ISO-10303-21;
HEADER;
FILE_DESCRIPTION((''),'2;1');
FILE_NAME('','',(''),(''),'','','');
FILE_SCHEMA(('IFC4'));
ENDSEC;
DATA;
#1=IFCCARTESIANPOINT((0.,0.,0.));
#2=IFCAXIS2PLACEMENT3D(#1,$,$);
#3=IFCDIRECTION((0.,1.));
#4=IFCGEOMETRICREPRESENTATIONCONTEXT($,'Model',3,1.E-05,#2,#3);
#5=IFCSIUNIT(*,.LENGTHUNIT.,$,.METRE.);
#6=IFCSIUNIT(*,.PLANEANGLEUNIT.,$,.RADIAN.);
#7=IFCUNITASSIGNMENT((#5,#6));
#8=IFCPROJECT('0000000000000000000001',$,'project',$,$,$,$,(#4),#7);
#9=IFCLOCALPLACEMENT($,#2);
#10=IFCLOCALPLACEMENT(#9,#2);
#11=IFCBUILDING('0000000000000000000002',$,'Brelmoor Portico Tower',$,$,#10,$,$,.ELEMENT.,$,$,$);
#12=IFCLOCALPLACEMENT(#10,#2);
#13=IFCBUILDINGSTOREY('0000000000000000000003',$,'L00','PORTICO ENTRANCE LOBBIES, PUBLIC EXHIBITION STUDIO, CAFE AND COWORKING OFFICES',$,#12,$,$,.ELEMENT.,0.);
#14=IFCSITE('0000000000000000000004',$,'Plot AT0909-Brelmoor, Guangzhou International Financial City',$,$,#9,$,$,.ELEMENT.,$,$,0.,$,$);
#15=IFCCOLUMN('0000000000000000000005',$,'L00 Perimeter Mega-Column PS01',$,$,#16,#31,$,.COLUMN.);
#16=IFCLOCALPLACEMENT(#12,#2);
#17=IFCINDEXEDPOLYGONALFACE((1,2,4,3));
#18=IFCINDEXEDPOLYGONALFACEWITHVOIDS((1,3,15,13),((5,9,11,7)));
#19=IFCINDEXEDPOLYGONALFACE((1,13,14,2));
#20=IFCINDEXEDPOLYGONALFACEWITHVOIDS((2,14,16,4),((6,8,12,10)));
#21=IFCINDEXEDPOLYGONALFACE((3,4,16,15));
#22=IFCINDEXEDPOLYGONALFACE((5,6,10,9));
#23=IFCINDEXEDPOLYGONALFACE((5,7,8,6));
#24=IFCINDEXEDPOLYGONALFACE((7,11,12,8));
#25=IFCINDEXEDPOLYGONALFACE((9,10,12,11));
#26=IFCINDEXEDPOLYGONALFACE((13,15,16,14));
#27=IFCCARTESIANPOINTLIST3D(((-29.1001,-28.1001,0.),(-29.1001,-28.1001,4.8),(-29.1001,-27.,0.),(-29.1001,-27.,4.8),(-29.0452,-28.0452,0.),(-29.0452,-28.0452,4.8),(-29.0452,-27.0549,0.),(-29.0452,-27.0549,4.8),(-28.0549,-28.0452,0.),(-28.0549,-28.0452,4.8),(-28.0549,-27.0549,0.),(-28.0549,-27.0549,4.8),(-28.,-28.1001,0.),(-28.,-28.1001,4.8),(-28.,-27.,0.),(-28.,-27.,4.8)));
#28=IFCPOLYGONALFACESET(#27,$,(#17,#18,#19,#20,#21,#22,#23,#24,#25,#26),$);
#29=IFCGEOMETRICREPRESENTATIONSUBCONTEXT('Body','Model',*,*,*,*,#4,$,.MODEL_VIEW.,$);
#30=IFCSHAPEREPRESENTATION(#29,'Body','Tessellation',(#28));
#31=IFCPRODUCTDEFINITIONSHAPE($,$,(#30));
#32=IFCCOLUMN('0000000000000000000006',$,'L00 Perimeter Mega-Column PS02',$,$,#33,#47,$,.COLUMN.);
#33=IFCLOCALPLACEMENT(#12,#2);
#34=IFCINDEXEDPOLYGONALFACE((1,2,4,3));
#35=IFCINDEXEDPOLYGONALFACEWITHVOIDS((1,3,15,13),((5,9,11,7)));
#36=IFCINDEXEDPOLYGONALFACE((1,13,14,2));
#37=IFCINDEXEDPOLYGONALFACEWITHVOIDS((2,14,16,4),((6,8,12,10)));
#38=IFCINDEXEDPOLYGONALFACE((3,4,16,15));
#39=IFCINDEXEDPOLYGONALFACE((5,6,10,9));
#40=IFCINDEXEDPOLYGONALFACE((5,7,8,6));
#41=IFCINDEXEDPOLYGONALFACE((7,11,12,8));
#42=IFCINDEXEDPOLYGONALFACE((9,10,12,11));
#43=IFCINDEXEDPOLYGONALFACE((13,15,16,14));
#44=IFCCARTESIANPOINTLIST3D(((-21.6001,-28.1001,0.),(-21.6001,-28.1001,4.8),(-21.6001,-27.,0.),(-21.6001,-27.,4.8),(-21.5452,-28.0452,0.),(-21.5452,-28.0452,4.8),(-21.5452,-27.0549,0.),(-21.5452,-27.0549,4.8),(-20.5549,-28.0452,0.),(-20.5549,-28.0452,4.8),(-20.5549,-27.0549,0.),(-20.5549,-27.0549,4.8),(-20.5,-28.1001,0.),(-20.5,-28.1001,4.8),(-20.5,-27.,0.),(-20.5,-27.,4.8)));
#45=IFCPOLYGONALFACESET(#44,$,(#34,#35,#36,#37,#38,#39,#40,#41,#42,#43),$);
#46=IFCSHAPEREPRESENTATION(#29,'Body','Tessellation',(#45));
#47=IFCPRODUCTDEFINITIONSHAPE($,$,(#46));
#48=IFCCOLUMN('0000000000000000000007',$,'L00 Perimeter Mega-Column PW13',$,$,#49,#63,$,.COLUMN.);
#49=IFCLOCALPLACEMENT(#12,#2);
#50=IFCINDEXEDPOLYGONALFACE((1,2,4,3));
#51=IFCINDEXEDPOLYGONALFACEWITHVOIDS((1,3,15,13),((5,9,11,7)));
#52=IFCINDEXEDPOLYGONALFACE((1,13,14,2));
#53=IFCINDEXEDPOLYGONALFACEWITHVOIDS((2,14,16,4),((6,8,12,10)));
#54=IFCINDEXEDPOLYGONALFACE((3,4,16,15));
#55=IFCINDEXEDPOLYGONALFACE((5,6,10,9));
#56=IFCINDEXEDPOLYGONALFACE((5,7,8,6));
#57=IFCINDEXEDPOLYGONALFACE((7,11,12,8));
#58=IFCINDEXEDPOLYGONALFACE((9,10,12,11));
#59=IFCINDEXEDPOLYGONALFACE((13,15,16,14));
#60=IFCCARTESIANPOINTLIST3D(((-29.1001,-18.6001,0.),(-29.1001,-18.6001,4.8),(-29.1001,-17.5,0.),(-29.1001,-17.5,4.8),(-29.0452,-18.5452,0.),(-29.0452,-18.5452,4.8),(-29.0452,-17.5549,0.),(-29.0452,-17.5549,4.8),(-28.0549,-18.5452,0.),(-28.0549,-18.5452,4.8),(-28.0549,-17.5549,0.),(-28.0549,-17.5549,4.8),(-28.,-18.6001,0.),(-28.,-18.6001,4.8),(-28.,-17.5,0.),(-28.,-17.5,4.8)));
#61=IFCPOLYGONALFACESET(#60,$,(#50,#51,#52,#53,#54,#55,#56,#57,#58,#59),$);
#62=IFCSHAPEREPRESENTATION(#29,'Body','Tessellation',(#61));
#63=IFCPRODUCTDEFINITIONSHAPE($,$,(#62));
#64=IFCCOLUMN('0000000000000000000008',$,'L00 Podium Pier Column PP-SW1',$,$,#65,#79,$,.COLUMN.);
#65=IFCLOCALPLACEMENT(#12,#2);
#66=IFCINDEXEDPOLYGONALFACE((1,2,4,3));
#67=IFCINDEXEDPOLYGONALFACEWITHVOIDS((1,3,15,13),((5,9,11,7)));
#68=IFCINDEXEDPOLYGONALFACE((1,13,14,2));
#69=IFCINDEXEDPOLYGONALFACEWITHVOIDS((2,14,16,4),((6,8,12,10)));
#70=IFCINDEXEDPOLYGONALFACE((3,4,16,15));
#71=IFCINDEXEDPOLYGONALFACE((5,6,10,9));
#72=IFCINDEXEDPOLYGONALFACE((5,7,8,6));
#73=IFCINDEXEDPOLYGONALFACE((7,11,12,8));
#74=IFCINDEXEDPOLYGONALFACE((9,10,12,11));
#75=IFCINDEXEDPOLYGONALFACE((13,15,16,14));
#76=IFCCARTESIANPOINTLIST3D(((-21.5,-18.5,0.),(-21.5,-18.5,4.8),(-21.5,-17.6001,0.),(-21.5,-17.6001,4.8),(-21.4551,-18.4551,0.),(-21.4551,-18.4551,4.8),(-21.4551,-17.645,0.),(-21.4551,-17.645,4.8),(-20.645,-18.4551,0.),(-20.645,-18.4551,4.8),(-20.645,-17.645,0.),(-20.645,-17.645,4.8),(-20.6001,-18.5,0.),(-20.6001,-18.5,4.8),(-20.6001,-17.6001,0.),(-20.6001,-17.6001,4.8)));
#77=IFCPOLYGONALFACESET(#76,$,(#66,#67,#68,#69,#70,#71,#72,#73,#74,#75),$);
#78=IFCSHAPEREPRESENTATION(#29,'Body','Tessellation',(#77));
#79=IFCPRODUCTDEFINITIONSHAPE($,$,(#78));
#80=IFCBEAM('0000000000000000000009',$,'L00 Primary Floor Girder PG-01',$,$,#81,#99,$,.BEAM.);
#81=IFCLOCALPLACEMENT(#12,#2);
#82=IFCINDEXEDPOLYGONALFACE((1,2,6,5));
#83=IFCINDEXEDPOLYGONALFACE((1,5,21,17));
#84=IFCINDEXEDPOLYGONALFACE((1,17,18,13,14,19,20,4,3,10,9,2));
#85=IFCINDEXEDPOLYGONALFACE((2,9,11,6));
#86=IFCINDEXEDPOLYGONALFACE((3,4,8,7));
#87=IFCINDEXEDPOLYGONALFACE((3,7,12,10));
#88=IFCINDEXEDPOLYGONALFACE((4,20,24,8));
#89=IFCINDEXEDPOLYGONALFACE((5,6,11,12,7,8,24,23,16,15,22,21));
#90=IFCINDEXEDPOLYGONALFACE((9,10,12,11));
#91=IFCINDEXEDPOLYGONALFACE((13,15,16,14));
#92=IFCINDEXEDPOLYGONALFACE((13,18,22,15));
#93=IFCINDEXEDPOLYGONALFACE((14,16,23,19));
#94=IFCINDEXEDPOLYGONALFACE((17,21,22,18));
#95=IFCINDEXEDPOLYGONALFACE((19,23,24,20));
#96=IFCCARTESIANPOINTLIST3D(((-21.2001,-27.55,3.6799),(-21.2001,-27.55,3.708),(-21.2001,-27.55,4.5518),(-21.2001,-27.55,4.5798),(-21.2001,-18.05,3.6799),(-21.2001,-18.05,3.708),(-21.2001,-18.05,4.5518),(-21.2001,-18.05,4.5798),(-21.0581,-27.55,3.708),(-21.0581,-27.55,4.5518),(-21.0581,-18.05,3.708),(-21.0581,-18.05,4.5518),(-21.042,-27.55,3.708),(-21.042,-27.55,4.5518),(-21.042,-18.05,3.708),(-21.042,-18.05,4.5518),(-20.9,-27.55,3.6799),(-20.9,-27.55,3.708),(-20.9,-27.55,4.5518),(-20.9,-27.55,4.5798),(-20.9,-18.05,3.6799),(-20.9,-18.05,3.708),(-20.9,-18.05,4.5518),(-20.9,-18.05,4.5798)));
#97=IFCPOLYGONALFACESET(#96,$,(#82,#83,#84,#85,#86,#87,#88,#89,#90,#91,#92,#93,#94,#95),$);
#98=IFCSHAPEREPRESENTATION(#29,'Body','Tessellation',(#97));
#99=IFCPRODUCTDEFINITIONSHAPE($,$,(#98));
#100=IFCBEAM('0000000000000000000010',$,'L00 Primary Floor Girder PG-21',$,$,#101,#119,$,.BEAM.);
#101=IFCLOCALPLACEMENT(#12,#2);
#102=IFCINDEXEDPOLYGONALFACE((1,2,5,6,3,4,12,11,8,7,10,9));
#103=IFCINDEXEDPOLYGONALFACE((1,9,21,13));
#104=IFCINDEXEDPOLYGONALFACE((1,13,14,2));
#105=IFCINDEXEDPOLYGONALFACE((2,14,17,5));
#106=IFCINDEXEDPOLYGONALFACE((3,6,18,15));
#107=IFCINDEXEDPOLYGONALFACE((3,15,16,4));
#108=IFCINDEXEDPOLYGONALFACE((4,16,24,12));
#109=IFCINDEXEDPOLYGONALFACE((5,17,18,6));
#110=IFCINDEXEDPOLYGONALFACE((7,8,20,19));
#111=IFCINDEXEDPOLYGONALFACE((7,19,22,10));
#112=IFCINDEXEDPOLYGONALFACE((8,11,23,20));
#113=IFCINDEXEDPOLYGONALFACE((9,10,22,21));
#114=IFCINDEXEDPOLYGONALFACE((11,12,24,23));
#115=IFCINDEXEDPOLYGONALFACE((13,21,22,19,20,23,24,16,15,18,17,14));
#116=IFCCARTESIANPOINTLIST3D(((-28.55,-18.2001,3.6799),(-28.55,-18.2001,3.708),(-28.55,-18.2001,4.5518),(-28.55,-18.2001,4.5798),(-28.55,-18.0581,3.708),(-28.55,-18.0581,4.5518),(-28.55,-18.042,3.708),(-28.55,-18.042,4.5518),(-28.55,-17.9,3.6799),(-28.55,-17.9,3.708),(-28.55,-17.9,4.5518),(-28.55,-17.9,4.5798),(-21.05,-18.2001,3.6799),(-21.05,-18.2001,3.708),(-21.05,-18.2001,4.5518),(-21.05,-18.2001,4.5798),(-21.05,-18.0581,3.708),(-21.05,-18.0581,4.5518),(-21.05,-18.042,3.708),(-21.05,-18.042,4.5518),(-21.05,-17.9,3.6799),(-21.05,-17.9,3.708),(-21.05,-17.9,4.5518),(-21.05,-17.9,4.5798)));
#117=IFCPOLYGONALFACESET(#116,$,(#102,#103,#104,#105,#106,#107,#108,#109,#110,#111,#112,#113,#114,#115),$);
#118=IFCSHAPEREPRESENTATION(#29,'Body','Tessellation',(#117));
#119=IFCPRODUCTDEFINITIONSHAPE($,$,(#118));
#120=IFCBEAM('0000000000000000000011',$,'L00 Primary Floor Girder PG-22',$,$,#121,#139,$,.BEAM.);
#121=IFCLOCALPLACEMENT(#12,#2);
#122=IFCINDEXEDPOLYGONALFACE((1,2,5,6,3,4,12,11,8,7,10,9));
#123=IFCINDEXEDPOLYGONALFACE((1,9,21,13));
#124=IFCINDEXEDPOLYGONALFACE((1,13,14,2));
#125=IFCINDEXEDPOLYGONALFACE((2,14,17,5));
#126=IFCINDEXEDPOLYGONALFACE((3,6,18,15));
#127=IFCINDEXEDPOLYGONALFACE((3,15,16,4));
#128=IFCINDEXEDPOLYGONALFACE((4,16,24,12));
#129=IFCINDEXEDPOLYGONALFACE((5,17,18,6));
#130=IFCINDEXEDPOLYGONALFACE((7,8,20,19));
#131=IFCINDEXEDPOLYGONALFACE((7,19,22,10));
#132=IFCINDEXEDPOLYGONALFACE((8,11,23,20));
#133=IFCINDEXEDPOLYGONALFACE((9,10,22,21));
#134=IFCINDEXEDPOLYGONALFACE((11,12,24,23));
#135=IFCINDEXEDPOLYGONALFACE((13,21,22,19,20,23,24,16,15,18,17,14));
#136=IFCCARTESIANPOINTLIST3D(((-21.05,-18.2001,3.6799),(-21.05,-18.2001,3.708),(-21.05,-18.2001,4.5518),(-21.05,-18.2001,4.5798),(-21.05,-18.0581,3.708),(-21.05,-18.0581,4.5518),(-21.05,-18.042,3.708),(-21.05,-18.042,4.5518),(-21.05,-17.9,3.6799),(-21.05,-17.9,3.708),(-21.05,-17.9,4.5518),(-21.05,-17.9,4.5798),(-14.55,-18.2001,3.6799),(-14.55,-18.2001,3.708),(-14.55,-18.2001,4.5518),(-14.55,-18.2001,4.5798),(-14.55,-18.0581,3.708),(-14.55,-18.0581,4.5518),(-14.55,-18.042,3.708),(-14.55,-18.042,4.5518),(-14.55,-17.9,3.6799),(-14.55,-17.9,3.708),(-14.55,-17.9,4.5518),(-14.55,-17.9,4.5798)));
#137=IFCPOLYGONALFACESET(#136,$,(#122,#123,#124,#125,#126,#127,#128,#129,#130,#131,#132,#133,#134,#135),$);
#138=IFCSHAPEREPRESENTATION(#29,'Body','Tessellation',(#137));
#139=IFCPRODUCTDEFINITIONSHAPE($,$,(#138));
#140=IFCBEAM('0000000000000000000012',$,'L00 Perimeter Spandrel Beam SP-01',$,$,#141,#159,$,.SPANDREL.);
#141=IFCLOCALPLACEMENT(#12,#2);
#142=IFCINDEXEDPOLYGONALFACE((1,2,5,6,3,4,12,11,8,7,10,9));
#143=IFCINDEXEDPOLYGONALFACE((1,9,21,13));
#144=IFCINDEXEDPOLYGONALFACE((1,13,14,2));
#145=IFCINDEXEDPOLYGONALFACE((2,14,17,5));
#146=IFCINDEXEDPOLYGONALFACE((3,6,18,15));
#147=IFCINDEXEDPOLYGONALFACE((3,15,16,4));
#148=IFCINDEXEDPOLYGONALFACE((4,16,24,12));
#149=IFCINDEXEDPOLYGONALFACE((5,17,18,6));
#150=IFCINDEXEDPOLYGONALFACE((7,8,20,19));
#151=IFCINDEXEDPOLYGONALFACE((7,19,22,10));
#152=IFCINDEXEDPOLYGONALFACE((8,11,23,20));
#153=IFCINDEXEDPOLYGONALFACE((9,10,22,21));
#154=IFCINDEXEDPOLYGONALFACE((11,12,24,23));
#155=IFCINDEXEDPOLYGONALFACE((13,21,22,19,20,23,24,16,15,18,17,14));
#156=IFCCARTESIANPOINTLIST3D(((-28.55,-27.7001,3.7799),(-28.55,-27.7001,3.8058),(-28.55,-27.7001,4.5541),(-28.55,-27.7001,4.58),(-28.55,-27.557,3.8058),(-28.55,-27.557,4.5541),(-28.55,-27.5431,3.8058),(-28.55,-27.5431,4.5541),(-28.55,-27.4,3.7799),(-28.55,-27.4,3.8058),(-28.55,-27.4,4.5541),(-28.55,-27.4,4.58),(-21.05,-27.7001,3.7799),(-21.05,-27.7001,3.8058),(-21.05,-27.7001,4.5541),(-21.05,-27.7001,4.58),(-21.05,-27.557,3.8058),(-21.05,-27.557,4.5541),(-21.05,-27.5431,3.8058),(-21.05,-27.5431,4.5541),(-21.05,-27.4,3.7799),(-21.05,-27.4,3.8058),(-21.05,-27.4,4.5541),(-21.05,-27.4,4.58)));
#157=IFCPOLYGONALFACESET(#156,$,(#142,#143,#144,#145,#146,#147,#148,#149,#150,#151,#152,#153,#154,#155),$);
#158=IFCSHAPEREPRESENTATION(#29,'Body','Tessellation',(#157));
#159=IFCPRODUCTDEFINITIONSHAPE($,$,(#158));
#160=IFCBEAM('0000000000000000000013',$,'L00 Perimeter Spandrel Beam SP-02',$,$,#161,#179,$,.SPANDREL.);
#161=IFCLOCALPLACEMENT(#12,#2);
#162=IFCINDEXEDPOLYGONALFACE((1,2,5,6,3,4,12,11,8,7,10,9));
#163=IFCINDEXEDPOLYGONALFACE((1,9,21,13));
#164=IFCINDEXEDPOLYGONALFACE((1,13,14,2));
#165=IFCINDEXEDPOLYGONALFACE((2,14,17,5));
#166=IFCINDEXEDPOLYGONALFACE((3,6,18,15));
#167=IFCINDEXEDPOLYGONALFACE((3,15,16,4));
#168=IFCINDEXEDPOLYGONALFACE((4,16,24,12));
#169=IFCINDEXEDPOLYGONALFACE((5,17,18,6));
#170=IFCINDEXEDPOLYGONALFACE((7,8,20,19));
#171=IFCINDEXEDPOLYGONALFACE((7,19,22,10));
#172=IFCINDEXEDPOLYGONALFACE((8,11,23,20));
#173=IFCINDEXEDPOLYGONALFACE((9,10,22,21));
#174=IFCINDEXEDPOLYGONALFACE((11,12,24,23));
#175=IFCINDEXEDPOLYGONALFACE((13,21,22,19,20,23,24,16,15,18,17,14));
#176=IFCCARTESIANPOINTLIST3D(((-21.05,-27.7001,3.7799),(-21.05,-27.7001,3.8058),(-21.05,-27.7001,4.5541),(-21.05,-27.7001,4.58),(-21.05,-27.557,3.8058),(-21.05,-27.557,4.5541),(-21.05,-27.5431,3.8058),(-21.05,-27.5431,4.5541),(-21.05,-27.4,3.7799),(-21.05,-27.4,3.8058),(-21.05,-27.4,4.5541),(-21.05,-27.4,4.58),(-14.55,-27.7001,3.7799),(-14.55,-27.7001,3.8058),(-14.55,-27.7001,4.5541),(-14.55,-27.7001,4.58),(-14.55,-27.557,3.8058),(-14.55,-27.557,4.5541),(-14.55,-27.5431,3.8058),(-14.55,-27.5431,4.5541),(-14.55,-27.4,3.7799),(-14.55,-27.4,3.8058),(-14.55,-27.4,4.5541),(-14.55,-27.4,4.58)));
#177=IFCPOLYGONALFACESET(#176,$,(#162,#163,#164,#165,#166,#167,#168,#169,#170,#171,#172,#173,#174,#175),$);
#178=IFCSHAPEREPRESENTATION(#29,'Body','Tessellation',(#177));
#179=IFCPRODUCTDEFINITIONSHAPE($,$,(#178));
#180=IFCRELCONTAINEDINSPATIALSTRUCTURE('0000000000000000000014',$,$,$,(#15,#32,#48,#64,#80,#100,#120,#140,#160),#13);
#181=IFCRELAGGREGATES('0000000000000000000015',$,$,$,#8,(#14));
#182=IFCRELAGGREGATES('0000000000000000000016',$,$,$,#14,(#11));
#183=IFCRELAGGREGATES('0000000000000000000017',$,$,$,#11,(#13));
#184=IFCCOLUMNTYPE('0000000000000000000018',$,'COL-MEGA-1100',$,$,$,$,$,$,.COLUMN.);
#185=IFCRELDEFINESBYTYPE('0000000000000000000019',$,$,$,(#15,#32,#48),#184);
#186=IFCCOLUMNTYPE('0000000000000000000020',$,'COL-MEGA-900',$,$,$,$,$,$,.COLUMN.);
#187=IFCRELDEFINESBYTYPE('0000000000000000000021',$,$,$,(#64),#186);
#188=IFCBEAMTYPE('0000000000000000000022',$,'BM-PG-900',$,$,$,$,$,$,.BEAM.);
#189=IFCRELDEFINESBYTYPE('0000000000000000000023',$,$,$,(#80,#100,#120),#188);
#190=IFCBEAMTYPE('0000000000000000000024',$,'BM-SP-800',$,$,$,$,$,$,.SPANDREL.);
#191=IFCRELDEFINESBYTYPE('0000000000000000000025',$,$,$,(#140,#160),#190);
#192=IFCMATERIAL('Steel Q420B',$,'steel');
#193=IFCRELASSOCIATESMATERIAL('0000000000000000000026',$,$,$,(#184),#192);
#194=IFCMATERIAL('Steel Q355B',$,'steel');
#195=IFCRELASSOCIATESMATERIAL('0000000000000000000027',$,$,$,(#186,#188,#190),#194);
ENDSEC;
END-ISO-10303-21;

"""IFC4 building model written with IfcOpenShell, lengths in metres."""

from ifc_helpers import new_model, si_unit, direction, frame, origin, origin_2d, place, context, subcontext, project, spatial, hollow_rectangle, i_section, extrude, material, material_profile, profile_set, type_object, element, save


model = new_model("IFC4")

# Units and contexts
model_context = context("Model", 3, precision=1e-05, world=origin(), true_north=direction((0.0, 1.0)))
body_context = subcontext(model_context, "Body", "Model", "MODEL_VIEW")
ifc_project = project(units=[si_unit("LENGTHUNIT", "METRE"), si_unit("PLANEANGLEUNIT", "RADIAN")], contexts=[model_context])

# Site, building, storey
site_placement = place(None, origin())
site = spatial("IfcSite", under=ifc_project, at=site_placement, Name="Plot AT0909-Brelmoor, Guangzhou International Financial City", CompositionType="ELEMENT", RefElevation=0.0)
building_placement = place(site_placement, origin())
building = spatial("IfcBuilding", under=site, at=building_placement, Name="Brelmoor Portico Tower", CompositionType="ELEMENT")
storey_placement = place(building_placement, origin())
storey = spatial("IfcBuildingStorey", under=building, at=storey_placement, Name="L00", Description="PORTICO ENTRANCE LOBBIES, PUBLIC EXHIBITION STUDIO, CAFE AND COWORKING OFFICES", CompositionType="ELEMENT", Elevation=0.0)

# Columns
ifc_material_1 = material(Name="Steel Q420B", Category="steel")
ifc_material_profile_1 = material_profile(ifc_material_1, hollow_rectangle(XDim=1.1001, YDim=1.1001, WallThickness=0.0549, at=origin_2d()), Name="BOX 1100x1100x55")
ifc_profile_set_1 = profile_set([ifc_material_profile_1], Name="Steel Q420B")
column_type_1 = type_object("IfcColumnType", Name="COL-MEGA-1100", PredefinedType="COLUMN", material=ifc_profile_set_1)
for number, where, z_axis, x_axis, name in (
    (1, (-28.55, -27.55, 0.0), (0.0, 0.0, 1.0), (1.0, 0.0, 0.0), "L00 Perimeter Mega-Column PS01"),
    (2, (-21.05, -27.55, 0.0), (0.0, 0.0, 1.0), (1.0, 0.0, 0.0), "L00 Perimeter Mega-Column PS02"),
    (3, (-28.55, -18.05, 0.0), (0.0, 0.0, 1.0), (0.0, 1.0, 0.0), "L00 Perimeter Mega-Column PW13"),
):
    element("IfcColumn", number, at=place(storey_placement, frame(where, z_axis=z_axis, x_axis=x_axis)), inside=storey, type_object=column_type_1, Name=name, PredefinedType="COLUMN", context=body_context, shape_type="SweptSolid", body=[
        extrude(hollow_rectangle(XDim=1.1001, YDim=1.1001, WallThickness=0.0549, at=origin_2d()), origin(), (0.0, 0.0, 1.0), 4.8),
    ])
ifc_material_2 = material(Name="Steel Q355B", Category="steel")
ifc_material_profile_2 = material_profile(ifc_material_2, hollow_rectangle(XDim=0.8999, YDim=0.8999, WallThickness=0.0449, at=origin_2d()), Name="BOX 900x900x45")
ifc_profile_set_2 = profile_set([ifc_material_profile_2], Name="Steel Q355B")
column_type_2 = type_object("IfcColumnType", Name="COL-MEGA-900", PredefinedType="COLUMN", material=ifc_profile_set_2)
column_placement = place(storey_placement, frame((-21.05, -18.05, 0.0), z_axis=(0.0, 0.0, 1.0), x_axis=(1.0, 0.0, 0.0)))
element("IfcColumn", 4, at=column_placement, inside=storey, type_object=column_type_2, Name="L00 Podium Pier Column PP-SW1", PredefinedType="COLUMN", context=body_context, shape_type="SweptSolid", body=[
    extrude(hollow_rectangle(XDim=0.8999, YDim=0.8999, WallThickness=0.0449, at=origin_2d()), origin(), (0.0, 0.0, 1.0), 4.8),
])

# Beams
ifc_material_profile_3 = material_profile(ifc_material_2, i_section(OverallWidth=0.3, OverallDepth=0.8999, WebThickness=0.0161, FlangeThickness=0.0281, at=origin_2d()), Name="HN 900x300x16x28")
ifc_profile_set_3 = profile_set([ifc_material_profile_3], Name="Steel Q355B")
beam_type_1 = type_object("IfcBeamType", Name="BM-PG-900", PredefinedType="BEAM", material=ifc_profile_set_3)
beam_1_placement = place(storey_placement, frame((-21.05, -27.55, 4.1299), z_axis=(0.0, 1.0, 0.0), x_axis=(-1.0, 0.0, 0.0)))
element("IfcBeam", 5, at=beam_1_placement, inside=storey, type_object=beam_type_1, Name="L00 Primary Floor Girder PG-01", PredefinedType="BEAM", context=body_context, shape_type="SweptSolid", body=[
    extrude(i_section(OverallWidth=0.3, OverallDepth=0.8999, WebThickness=0.0161, FlangeThickness=0.0281, at=origin_2d()), origin(), (0.0, 0.0, 1.0), 9.5),
])
beam_2_placement = place(storey_placement, frame((-28.55, -18.05, 4.1299), z_axis=(1.0, 0.0, 0.0), x_axis=(0.0, 1.0, 0.0)))
element("IfcBeam", 6, at=beam_2_placement, inside=storey, type_object=beam_type_1, Name="L00 Primary Floor Girder PG-21", PredefinedType="BEAM", context=body_context, shape_type="SweptSolid", body=[
    extrude(i_section(OverallWidth=0.3, OverallDepth=0.8999, WebThickness=0.0161, FlangeThickness=0.0281, at=origin_2d()), origin(), (0.0, 0.0, 1.0), 7.5),
])
beam_3_placement = place(storey_placement, frame((-21.05, -18.05, 4.1299), z_axis=(1.0, 0.0, 0.0), x_axis=(0.0, 1.0, 0.0)))
element("IfcBeam", 7, at=beam_3_placement, inside=storey, type_object=beam_type_1, Name="L00 Primary Floor Girder PG-22", PredefinedType="BEAM", context=body_context, shape_type="SweptSolid", body=[
    extrude(i_section(OverallWidth=0.3, OverallDepth=0.8999, WebThickness=0.0161, FlangeThickness=0.0281, at=origin_2d()), origin(), (0.0, 0.0, 1.0), 6.5),
])
ifc_material_profile_4 = material_profile(ifc_material_2, i_section(OverallWidth=0.3, OverallDepth=0.8, WebThickness=0.0139, FlangeThickness=0.0259, at=origin_2d()), Name="HN 800x300x14x26")
ifc_profile_set_4 = profile_set([ifc_material_profile_4], Name="Steel Q355B")
beam_type_2 = type_object("IfcBeamType", Name="BM-SP-800", PredefinedType="SPANDREL", material=ifc_profile_set_4)
beam_4_placement = place(storey_placement, frame((-28.55, -27.55, 4.1799), z_axis=(1.0, 0.0, 0.0), x_axis=(0.0, 1.0, 0.0)))
element("IfcBeam", 8, at=beam_4_placement, inside=storey, type_object=beam_type_2, Name="L00 Perimeter Spandrel Beam SP-01", PredefinedType="SPANDREL", context=body_context, shape_type="SweptSolid", body=[
    extrude(i_section(OverallWidth=0.3, OverallDepth=0.8, WebThickness=0.0139, FlangeThickness=0.0259, at=origin_2d()), origin(), (0.0, 0.0, 1.0), 7.5),
])
beam_5_placement = place(storey_placement, frame((-21.05, -27.55, 4.1799), z_axis=(1.0, 0.0, 0.0), x_axis=(0.0, 1.0, 0.0)))
element("IfcBeam", 9, at=beam_5_placement, inside=storey, type_object=beam_type_2, Name="L00 Perimeter Spandrel Beam SP-02", PredefinedType="SPANDREL", context=body_context, shape_type="SweptSolid", body=[
    extrude(i_section(OverallWidth=0.3, OverallDepth=0.8, WebThickness=0.0139, FlangeThickness=0.0259, at=origin_2d()), origin(), (0.0, 0.0, 1.0), 6.5),
])

save(model, "model.ifc")
